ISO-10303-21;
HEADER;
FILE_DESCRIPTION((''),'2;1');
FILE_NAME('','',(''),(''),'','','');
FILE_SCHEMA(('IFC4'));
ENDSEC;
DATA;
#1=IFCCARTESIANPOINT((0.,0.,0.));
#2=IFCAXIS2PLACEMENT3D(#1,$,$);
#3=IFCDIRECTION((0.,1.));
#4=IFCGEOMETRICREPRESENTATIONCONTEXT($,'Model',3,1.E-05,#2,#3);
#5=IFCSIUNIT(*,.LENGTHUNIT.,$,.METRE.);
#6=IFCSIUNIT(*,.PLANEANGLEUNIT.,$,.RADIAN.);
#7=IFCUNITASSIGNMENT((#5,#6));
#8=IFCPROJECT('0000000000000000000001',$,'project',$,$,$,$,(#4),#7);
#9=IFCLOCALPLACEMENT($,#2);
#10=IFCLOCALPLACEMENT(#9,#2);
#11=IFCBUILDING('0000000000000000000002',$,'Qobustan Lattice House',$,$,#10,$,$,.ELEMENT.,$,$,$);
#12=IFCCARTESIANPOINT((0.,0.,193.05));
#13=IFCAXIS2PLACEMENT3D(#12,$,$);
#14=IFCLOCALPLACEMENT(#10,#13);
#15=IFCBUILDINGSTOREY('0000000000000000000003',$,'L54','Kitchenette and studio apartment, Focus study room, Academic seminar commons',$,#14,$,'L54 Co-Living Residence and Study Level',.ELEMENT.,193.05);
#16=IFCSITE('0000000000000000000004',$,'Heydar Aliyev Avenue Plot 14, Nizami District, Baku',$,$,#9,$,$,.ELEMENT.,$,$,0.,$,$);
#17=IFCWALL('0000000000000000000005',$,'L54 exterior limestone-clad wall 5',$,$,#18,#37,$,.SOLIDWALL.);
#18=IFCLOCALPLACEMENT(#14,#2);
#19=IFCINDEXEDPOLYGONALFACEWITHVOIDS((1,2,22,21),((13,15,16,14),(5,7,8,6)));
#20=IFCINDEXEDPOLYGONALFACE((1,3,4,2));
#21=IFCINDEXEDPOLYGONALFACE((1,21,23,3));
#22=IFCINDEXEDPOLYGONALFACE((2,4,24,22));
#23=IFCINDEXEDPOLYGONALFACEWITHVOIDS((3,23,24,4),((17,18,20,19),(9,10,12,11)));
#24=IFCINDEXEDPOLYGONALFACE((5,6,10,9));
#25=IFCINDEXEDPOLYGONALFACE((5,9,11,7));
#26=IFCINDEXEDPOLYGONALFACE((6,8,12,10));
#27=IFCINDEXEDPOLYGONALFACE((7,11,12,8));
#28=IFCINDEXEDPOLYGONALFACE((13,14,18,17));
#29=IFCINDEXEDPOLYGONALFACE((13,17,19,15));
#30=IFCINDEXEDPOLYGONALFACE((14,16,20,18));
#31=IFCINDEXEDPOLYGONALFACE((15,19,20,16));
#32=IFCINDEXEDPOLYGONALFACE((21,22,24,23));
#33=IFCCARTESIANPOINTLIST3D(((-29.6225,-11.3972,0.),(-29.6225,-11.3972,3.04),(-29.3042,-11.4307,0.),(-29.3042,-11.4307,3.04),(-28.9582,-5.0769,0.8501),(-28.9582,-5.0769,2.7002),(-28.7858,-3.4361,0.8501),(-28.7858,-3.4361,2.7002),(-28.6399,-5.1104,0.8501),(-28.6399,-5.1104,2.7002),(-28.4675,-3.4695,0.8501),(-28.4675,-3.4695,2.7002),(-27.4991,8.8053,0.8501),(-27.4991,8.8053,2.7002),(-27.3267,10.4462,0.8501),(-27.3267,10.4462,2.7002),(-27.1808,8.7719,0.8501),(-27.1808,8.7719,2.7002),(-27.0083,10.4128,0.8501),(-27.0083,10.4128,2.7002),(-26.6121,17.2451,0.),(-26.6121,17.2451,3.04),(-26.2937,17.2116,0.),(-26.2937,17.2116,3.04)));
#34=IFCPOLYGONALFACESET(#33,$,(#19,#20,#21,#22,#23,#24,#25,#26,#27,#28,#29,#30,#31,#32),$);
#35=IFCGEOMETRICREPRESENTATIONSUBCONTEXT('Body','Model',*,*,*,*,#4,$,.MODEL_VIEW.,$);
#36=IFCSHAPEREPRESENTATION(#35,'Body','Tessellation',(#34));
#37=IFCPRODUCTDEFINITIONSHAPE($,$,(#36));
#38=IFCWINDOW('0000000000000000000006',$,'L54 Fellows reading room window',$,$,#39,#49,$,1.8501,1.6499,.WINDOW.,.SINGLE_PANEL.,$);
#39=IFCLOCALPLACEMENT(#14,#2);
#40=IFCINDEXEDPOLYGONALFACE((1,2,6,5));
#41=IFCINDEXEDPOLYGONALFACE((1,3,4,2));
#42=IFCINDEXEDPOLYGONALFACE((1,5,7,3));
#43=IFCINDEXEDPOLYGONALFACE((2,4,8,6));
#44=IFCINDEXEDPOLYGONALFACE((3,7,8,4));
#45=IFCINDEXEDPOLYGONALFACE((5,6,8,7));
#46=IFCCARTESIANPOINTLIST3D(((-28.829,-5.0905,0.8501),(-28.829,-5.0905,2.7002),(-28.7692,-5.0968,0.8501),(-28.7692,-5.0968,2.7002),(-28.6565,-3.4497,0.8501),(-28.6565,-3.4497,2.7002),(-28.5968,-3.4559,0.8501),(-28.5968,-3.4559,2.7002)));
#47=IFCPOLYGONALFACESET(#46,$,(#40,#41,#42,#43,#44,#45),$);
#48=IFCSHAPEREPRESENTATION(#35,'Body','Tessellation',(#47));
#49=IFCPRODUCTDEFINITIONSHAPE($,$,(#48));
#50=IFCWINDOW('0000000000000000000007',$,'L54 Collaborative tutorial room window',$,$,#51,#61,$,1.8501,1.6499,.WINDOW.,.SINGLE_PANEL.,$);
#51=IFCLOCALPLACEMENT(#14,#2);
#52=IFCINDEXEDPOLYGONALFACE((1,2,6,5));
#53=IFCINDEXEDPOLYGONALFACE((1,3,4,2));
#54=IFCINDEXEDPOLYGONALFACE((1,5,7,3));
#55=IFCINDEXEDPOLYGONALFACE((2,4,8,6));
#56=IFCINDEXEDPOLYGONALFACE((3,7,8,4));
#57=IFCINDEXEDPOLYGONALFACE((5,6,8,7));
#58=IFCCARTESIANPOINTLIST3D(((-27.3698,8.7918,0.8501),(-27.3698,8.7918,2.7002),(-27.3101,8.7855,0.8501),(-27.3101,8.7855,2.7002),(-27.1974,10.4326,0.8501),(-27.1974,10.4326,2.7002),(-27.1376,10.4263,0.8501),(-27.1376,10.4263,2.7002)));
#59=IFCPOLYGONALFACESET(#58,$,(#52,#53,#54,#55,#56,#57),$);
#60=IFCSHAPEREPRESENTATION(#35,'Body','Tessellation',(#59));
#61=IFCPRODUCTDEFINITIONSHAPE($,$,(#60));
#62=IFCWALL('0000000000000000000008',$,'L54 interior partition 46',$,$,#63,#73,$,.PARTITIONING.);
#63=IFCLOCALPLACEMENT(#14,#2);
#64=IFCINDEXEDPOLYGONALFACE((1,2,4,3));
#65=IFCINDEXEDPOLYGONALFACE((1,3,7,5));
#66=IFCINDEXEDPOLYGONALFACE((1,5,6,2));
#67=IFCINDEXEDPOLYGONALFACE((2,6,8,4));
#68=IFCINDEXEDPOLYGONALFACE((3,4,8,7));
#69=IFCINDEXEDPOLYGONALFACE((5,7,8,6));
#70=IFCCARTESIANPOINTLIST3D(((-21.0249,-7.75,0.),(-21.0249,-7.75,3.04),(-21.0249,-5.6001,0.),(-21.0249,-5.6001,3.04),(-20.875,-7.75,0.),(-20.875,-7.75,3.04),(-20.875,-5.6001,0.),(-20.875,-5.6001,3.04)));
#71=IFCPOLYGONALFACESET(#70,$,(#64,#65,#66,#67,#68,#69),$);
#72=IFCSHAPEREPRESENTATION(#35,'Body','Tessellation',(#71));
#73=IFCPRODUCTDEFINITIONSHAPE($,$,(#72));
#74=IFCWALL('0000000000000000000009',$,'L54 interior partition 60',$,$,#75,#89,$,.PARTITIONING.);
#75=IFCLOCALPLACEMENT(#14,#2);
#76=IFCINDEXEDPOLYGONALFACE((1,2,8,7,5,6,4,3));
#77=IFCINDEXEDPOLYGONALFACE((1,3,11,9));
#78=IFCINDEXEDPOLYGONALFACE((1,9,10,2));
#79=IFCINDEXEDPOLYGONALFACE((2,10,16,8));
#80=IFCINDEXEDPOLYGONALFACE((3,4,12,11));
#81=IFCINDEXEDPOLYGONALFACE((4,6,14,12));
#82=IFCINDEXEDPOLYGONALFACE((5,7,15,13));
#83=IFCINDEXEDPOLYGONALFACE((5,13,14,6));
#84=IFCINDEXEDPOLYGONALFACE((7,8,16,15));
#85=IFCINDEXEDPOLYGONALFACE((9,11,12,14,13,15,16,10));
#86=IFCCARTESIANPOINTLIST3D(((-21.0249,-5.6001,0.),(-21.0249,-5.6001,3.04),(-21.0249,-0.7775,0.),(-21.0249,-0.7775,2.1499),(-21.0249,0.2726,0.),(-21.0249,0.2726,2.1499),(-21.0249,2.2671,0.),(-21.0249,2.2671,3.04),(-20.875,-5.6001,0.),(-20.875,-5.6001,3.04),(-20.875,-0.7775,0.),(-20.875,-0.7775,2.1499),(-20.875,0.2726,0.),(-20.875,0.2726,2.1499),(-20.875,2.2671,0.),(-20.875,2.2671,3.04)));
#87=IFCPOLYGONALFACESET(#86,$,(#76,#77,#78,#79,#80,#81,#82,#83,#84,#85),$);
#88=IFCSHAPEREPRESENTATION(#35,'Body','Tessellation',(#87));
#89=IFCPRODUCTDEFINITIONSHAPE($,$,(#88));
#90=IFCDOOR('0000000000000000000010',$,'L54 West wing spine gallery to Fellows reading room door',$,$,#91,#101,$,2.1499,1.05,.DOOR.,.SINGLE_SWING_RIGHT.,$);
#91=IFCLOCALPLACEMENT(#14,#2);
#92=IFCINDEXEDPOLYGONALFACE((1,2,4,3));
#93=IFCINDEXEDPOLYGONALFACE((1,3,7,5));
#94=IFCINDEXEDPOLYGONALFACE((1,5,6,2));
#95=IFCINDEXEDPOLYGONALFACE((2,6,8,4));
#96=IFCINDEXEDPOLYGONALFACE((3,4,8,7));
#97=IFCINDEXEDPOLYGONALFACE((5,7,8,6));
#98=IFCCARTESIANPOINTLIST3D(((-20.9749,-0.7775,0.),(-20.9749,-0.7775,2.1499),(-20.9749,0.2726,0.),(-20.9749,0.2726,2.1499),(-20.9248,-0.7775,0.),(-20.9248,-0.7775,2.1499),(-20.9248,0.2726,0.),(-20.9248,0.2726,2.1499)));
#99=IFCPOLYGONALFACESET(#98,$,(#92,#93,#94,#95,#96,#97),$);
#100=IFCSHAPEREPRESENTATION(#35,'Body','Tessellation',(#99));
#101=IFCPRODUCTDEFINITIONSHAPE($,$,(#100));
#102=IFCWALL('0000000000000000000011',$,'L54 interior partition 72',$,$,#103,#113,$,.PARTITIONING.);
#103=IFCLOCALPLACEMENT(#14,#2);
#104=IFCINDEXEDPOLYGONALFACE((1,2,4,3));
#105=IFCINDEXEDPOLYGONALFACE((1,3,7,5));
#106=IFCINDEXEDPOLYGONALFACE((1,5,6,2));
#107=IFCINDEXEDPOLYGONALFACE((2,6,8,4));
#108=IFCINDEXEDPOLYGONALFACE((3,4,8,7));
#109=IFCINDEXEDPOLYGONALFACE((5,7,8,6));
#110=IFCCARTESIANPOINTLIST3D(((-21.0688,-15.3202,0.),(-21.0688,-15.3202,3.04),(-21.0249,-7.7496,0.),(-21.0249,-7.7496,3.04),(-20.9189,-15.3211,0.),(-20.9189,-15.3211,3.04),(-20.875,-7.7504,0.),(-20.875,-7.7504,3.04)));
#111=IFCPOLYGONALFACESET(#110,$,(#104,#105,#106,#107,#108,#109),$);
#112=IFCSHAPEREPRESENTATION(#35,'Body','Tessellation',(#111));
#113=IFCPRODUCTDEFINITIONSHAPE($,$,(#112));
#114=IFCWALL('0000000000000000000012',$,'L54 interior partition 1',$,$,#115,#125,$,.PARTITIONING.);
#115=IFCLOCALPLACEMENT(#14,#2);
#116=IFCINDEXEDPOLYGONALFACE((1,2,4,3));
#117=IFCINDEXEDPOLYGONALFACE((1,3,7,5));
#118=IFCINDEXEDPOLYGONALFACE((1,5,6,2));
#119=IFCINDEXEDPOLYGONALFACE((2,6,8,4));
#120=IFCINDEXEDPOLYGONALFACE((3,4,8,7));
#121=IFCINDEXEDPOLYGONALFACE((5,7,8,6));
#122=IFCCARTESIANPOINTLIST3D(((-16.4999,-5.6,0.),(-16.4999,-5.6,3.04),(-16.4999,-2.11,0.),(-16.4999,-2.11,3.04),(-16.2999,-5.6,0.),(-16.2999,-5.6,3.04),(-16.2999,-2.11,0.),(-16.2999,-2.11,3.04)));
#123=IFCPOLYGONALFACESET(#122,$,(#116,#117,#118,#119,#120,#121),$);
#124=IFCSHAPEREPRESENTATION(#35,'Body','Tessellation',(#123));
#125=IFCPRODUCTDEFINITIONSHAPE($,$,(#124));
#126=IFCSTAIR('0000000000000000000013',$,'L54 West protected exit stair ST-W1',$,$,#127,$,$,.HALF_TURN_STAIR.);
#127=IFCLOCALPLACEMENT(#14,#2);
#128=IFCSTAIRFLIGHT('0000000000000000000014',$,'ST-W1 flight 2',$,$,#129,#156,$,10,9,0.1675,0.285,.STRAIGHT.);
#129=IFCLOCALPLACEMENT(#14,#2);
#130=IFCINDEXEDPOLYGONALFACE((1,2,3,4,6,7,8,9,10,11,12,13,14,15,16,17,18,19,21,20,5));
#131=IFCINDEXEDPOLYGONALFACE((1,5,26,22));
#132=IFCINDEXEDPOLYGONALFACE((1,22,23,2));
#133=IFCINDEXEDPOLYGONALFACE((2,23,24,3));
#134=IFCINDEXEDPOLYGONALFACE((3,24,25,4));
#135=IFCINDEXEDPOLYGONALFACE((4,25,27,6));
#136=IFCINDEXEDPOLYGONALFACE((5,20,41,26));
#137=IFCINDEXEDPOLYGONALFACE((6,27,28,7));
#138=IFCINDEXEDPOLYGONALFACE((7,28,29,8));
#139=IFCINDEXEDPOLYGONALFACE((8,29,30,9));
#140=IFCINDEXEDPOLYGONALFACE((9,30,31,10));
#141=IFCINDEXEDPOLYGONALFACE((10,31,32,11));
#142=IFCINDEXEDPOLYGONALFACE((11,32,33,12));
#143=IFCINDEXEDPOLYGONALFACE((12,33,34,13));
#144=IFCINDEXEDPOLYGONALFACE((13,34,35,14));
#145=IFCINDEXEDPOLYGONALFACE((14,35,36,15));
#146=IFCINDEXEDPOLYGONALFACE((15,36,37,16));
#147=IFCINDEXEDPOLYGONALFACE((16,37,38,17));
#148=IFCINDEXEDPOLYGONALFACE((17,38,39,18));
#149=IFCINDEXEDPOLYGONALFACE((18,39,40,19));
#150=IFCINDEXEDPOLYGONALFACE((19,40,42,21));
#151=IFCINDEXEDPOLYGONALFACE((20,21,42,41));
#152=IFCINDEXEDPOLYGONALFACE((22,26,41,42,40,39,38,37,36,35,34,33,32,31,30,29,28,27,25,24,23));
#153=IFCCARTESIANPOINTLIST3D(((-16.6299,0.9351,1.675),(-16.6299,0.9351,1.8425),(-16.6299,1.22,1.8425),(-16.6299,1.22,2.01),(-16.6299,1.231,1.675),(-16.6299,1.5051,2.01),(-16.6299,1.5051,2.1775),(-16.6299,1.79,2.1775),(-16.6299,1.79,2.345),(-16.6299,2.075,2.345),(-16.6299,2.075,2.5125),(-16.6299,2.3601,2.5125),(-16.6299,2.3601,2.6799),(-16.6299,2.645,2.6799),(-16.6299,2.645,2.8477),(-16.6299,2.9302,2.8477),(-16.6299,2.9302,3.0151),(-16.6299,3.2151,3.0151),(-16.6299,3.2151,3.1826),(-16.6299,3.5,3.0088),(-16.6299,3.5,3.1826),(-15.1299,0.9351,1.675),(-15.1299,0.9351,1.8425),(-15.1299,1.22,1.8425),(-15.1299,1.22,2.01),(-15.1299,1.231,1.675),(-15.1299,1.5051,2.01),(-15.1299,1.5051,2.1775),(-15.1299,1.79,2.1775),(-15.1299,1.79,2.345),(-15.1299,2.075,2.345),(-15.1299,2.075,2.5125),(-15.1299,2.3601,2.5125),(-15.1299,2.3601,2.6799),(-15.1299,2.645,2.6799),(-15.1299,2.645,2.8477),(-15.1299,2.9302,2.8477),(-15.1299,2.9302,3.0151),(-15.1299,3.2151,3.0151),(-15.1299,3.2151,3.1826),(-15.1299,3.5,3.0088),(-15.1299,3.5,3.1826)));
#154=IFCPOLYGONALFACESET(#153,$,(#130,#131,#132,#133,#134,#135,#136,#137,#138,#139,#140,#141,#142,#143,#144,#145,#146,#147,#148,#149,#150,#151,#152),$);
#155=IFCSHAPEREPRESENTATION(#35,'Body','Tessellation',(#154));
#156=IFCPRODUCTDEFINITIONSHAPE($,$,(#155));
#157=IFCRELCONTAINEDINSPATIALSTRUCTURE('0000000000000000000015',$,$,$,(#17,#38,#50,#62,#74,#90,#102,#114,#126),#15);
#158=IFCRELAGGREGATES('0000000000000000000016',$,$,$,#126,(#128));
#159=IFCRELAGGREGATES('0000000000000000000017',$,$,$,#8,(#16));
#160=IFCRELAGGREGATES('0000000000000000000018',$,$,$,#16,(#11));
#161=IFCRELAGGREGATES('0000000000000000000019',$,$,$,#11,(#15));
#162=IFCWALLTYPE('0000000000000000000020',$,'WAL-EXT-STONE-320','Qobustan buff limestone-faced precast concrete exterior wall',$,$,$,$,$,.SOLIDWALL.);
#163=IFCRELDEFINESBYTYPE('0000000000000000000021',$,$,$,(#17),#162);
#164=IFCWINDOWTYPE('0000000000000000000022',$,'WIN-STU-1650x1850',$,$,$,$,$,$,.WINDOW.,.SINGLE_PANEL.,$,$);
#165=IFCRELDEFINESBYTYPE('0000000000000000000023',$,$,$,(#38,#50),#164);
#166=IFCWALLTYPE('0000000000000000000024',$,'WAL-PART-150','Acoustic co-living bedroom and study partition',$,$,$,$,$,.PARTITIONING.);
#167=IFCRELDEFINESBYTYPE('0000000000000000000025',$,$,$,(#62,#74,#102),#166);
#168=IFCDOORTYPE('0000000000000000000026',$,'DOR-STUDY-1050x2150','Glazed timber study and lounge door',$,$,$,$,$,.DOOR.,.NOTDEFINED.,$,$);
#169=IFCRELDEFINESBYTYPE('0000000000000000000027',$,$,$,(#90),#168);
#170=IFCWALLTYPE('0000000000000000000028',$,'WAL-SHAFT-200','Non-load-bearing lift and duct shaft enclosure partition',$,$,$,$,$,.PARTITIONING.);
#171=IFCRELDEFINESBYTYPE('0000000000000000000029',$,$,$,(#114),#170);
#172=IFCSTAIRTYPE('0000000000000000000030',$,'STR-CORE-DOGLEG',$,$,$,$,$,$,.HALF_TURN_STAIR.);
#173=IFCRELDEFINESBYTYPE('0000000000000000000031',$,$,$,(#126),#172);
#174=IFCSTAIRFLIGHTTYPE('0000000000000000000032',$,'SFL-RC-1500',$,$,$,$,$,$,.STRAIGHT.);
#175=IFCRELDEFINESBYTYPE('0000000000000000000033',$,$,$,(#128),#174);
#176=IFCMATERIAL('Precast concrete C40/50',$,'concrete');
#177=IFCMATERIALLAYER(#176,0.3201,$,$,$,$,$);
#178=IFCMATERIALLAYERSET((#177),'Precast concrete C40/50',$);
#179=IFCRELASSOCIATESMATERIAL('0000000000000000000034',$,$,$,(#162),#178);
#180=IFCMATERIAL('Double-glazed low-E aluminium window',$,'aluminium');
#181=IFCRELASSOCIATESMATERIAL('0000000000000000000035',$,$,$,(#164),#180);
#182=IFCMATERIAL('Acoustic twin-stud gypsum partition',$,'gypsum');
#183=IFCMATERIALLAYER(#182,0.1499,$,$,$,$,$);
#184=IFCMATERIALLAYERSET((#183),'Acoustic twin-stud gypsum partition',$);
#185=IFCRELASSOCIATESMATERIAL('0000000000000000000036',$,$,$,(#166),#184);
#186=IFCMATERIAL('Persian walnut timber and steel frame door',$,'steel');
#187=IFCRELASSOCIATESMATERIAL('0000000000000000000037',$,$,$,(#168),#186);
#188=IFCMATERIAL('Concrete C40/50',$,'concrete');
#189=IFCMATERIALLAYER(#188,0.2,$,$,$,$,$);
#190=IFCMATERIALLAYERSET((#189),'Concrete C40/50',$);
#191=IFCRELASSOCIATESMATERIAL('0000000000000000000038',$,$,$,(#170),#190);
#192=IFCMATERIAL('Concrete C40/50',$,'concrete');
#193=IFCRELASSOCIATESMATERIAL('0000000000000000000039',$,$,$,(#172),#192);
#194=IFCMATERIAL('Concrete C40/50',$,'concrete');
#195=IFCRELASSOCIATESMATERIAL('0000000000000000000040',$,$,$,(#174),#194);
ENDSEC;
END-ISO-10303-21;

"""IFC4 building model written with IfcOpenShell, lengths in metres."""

from ifc_helpers import new_model, si_unit, direction, frame, frame_2d, origin, place, context, subcontext, project, spatial, polyline, rectangle, outline, extrude, material, layer, layer_set, type_object, element, fill, aggregate, save


model = new_model("IFC4")

# Units and contexts
model_context = context("Model", 3, precision=1e-05, world=origin(), true_north=direction((0.0, 1.0)))
body_context = subcontext(model_context, "Body", "Model", "MODEL_VIEW")
ifc_project = project(units=[si_unit("LENGTHUNIT", "METRE"), si_unit("PLANEANGLEUNIT", "RADIAN")], contexts=[model_context])

# Site, building, storey
site_placement = place(None, origin())
site = spatial("IfcSite", under=ifc_project, at=site_placement, Name="Heydar Aliyev Avenue Plot 14, Nizami District, Baku", CompositionType="ELEMENT", RefElevation=0.0)
building_placement = place(site_placement, origin())
building = spatial("IfcBuilding", under=site, at=building_placement, Name="Qobustan Lattice House", CompositionType="ELEMENT")
storey_placement = place(building_placement, frame((0.0, 0.0, 193.05)))
storey = spatial("IfcBuildingStorey", under=building, at=storey_placement, Name="L54", Description="Kitchenette and studio apartment, Focus study room, Academic seminar commons", LongName="L54 Co-Living Residence and Study Level", CompositionType="ELEMENT", Elevation=193.05)

# Shared definitions
ifc_material_1 = material(Name="Precast concrete C40/50", Category="concrete")
ifc_layer_1 = layer(ifc_material_1, 0.3201)
ifc_layer_set_1 = layer_set([ifc_layer_1], Name="Precast concrete C40/50")
wall_type_1 = type_object("IfcWallType", Name="WAL-EXT-STONE-320", Description="Qobustan buff limestone-faced precast concrete exterior wall", PredefinedType="SOLIDWALL", material=ifc_layer_set_1)

# Wall, openings, windows
wall_1_placement = place(storey_placement, frame((-29.4634, -11.4138, 0.0), z_axis=(0.0, 0.0, 1.0), x_axis=(0.104531, 0.994522, 0.0)))
wall_1 = element("IfcWall", 1, at=wall_1_placement, inside=storey, type_object=wall_type_1, Name="L54 exterior limestone-clad wall 5", PredefinedType="SOLIDWALL", context=body_context, shape_type="SweptSolid", body=[
    extrude(rectangle(XDim=28.8, YDim=0.3201, at=frame_2d((14.3999, 0.0))), origin(), (0.0, 0.0, 1.0), 3.04),
])
opening_1_placement = place(wall_1_placement, frame((6.355, 0.0, 0.8501)))
opening_1 = element("IfcOpeningElement", 2, at=opening_1_placement, cuts=wall_1, PredefinedType="OPENING", context=body_context, shape_type="SweptSolid", body=[
    extrude(rectangle(XDim=1.6499, YDim=1.8501, at=frame_2d((0.825, 0.925))), frame((0.0, 0.1699, 0.0), z_axis=(0.0, -1.0, 0.0), x_axis=(1.0, 0.0, 0.0)), (0.0, 0.0, 1.0), 0.3401),
])
opening_2_placement = place(wall_1_placement, frame((20.3137, 0.0, 0.8501)))
opening_2 = element("IfcOpeningElement", 3, at=opening_2_placement, cuts=wall_1, PredefinedType="OPENING", context=body_context, shape_type="SweptSolid", body=[
    extrude(rectangle(XDim=1.6499, YDim=1.8501, at=frame_2d((0.825, 0.925))), frame((0.0, 0.1699, 0.0), z_axis=(0.0, -1.0, 0.0), x_axis=(1.0, 0.0, 0.0)), (0.0, 0.0, 1.0), 0.3401),
])
ifc_material_2 = material(Name="Double-glazed low-E aluminium window", Category="aluminium")
window_type = type_object("IfcWindowType", Name="WIN-STU-1650x1850", PartitioningType="SINGLE_PANEL", PredefinedType="WINDOW", material=ifc_material_2)
window_1_placement = place(opening_1_placement, origin())
window_1 = element("IfcWindow", 4, at=window_1_placement, inside=storey, type_object=window_type, Name="L54 Fellows reading room window", OverallHeight=1.8501, OverallWidth=1.6499, PartitioningType="SINGLE_PANEL", PredefinedType="WINDOW", context=body_context, shape_type="SweptSolid", body=[
    extrude(rectangle(XDim=1.6499, YDim=1.8501, at=frame_2d((0.825, 0.925))), frame((0.0, 0.03, 0.0), z_axis=(0.0, -1.0, 0.0), x_axis=(1.0, 0.0, 0.0)), (0.0, 0.0, 1.0), 0.0601),
])
fill(opening_1, window_1)
window_2_placement = place(opening_2_placement, origin())
window_2 = element("IfcWindow", 5, at=window_2_placement, inside=storey, type_object=window_type, Name="L54 Collaborative tutorial room window", OverallHeight=1.8501, OverallWidth=1.6499, PartitioningType="SINGLE_PANEL", PredefinedType="WINDOW", context=body_context, shape_type="SweptSolid", body=[
    extrude(rectangle(XDim=1.6499, YDim=1.8501, at=frame_2d((0.825, 0.925))), frame((0.0, 0.03, 0.0), z_axis=(0.0, -1.0, 0.0), x_axis=(1.0, 0.0, 0.0)), (0.0, 0.0, 1.0), 0.0601),
])
fill(opening_2, window_2)

# Wall
ifc_material_3 = material(Name="Acoustic twin-stud gypsum partition", Category="gypsum")
ifc_layer_2 = layer(ifc_material_3, 0.1499)
ifc_layer_set_2 = layer_set([ifc_layer_2], Name="Acoustic twin-stud gypsum partition")
wall_type_2 = type_object("IfcWallType", Name="WAL-PART-150", Description="Acoustic co-living bedroom and study partition", PredefinedType="PARTITIONING", material=ifc_layer_set_2)
wall_2_placement = place(storey_placement, frame((-20.95, -7.75, 0.0), z_axis=(0.0, 0.0, 1.0), x_axis=(0.0, 1.0, 0.0)))
element("IfcWall", 6, at=wall_2_placement, inside=storey, type_object=wall_type_2, Name="L54 interior partition 46", PredefinedType="PARTITIONING", context=body_context, shape_type="SweptSolid", body=[
    extrude(rectangle(XDim=2.1499, YDim=0.1499, at=frame_2d((1.075, 0.0))), origin(), (0.0, 0.0, 1.0), 3.04),
])

# Wall, opening, door
wall_3_placement = place(storey_placement, frame((-20.95, -5.6001, 0.0), z_axis=(0.0, 0.0, 1.0), x_axis=(0.0, 1.0, 0.0)))
wall_3 = element("IfcWall", 7, at=wall_3_placement, inside=storey, type_object=wall_type_2, Name="L54 interior partition 60", PredefinedType="PARTITIONING", context=body_context, shape_type="SweptSolid", body=[
    extrude(rectangle(XDim=7.8672, YDim=0.1499, at=frame_2d((3.9336, 0.0))), origin(), (0.0, 0.0, 1.0), 3.04),
])
opening_3_placement = place(wall_3_placement, frame((4.8228, 0.0, 0.0)))
opening_3 = element("IfcOpeningElement", 8, at=opening_3_placement, cuts=wall_3, PredefinedType="OPENING", context=body_context, shape_type="SweptSolid", body=[
    extrude(rectangle(XDim=1.05, YDim=2.1499, at=frame_2d((0.5249, 1.075))), frame((0.0, 0.085, 0.0), z_axis=(0.0, -1.0, 0.0), x_axis=(1.0, 0.0, 0.0)), (0.0, 0.0, 1.0), 0.1699),
])
ifc_material_4 = material(Name="Persian walnut timber and steel frame door", Category="steel")
door_type_1 = type_object("IfcDoorType", Name="DOR-STUDY-1050x2150", Description="Glazed timber study and lounge door", OperationType="NOTDEFINED", PredefinedType="DOOR", material=ifc_material_4)
door_1_placement = place(opening_3_placement, origin())
door_1 = element("IfcDoor", 9, at=door_1_placement, inside=storey, type_object=door_type_1, Name="L54 West wing spine gallery to Fellows reading room door", OperationType="SINGLE_SWING_RIGHT", OverallHeight=2.1499, OverallWidth=1.05, PredefinedType="DOOR", context=body_context, shape_type="SweptSolid", body=[
    extrude(rectangle(XDim=1.05, YDim=2.1499, at=frame_2d((0.5249, 1.075))), frame((0.0, 0.0249, 0.0), z_axis=(0.0, -1.0, 0.0), x_axis=(1.0, 0.0, 0.0)), (0.0, 0.0, 1.0), 0.05),
])
fill(opening_3, door_1)

# Walls
wall_4_placement = place(storey_placement, frame((-20.95, -7.75, 0.0), z_axis=(0.0, 0.0, 1.0), x_axis=(-0.005805, -0.999983, 0.0)))
element("IfcWall", 10, at=wall_4_placement, inside=storey, type_object=wall_type_2, Name="L54 interior partition 72", PredefinedType="PARTITIONING", context=body_context, shape_type="SweptSolid", body=[
    extrude(rectangle(XDim=7.5708, YDim=0.1499, at=frame_2d((3.7854, 0.0))), origin(), (0.0, 0.0, 1.0), 3.04),
])
ifc_material_5 = material(Name="Concrete C40/50", Category="concrete")
ifc_layer_3 = layer(ifc_material_5, 0.2)
ifc_layer_set_3 = layer_set([ifc_layer_3], Name="Concrete C40/50")
wall_type_3 = type_object("IfcWallType", Name="WAL-SHAFT-200", Description="Non-load-bearing lift and duct shaft enclosure partition", PredefinedType="PARTITIONING", material=ifc_layer_set_3)
wall_5_placement = place(storey_placement, frame((-16.3999, -5.6001, 0.0), z_axis=(0.0, 0.0, 1.0), x_axis=(0.0, 1.0, 0.0)))
element("IfcWall", 11, at=wall_5_placement, inside=storey, type_object=wall_type_3, Name="L54 interior partition 1", PredefinedType="PARTITIONING", context=body_context, shape_type="SweptSolid", body=[
    extrude(rectangle(XDim=3.49, YDim=0.2, at=frame_2d((1.7451, 0.0))), origin(), (0.0, 0.0, 1.0), 3.04),
])

# Stair, stair flight
ifc_material_6 = material(Name="Concrete C40/50", Category="concrete")
stair_type = type_object("IfcStairType", Name="STR-CORE-DOGLEG", PredefinedType="HALF_TURN_STAIR", material=ifc_material_6)
stair_placement = place(storey_placement, origin())
stair = element("IfcStair", 12, at=stair_placement, inside=storey, type_object=stair_type, Name="L54 West protected exit stair ST-W1", PredefinedType="HALF_TURN_STAIR")
ifc_material_7 = material(Name="Concrete C40/50", Category="concrete")
stair_flight_type = type_object("IfcStairFlightType", Name="SFL-RC-1500", PredefinedType="STRAIGHT", material=ifc_material_7)
stair_flight_placement = place(storey_placement, frame((-15.8799, 0.9351, 1.675), z_axis=(0.0, 0.0, 1.0), x_axis=(0.0, 1.0, 0.0)))
stair_flight = element("IfcStairFlight", 13, at=stair_flight_placement, type_object=stair_flight_type, Name="ST-W1 flight 2", NumberOfRisers=10, NumberOfTreads=9, PredefinedType="STRAIGHT", RiserHeight=0.1675, TreadLength=0.285, context=body_context, shape_type="SweptSolid", body=[
    extrude(outline(polyline([(0.0, 0.0), (0.0, 0.1675), (0.2849, 0.1675), (0.2849, 0.335), (0.5701, 0.335), (0.5701, 0.5024), (0.855, 0.5024), (0.855, 0.6699), (1.1399, 0.6699), (1.1399, 0.8374), (1.425, 0.8374), (1.425, 1.0049), (1.71, 1.0049), (1.71, 1.1726), (1.9951, 1.1726), (1.9951, 1.3401), (2.28, 1.3401), (2.28, 1.5076), (2.5649, 1.5076), (2.5649, 1.675), (2.5649, 1.3337), (0.2959, 0.0), (0.0, 0.0)])), frame((0.0, 0.75, 0.0), z_axis=(0.0, -1.0, 0.0), x_axis=(1.0, 0.0, 0.0)), (0.0, 0.0, 1.0), 1.5),
])
aggregate(stair, [stair_flight])

save(model, "model.ifc")
